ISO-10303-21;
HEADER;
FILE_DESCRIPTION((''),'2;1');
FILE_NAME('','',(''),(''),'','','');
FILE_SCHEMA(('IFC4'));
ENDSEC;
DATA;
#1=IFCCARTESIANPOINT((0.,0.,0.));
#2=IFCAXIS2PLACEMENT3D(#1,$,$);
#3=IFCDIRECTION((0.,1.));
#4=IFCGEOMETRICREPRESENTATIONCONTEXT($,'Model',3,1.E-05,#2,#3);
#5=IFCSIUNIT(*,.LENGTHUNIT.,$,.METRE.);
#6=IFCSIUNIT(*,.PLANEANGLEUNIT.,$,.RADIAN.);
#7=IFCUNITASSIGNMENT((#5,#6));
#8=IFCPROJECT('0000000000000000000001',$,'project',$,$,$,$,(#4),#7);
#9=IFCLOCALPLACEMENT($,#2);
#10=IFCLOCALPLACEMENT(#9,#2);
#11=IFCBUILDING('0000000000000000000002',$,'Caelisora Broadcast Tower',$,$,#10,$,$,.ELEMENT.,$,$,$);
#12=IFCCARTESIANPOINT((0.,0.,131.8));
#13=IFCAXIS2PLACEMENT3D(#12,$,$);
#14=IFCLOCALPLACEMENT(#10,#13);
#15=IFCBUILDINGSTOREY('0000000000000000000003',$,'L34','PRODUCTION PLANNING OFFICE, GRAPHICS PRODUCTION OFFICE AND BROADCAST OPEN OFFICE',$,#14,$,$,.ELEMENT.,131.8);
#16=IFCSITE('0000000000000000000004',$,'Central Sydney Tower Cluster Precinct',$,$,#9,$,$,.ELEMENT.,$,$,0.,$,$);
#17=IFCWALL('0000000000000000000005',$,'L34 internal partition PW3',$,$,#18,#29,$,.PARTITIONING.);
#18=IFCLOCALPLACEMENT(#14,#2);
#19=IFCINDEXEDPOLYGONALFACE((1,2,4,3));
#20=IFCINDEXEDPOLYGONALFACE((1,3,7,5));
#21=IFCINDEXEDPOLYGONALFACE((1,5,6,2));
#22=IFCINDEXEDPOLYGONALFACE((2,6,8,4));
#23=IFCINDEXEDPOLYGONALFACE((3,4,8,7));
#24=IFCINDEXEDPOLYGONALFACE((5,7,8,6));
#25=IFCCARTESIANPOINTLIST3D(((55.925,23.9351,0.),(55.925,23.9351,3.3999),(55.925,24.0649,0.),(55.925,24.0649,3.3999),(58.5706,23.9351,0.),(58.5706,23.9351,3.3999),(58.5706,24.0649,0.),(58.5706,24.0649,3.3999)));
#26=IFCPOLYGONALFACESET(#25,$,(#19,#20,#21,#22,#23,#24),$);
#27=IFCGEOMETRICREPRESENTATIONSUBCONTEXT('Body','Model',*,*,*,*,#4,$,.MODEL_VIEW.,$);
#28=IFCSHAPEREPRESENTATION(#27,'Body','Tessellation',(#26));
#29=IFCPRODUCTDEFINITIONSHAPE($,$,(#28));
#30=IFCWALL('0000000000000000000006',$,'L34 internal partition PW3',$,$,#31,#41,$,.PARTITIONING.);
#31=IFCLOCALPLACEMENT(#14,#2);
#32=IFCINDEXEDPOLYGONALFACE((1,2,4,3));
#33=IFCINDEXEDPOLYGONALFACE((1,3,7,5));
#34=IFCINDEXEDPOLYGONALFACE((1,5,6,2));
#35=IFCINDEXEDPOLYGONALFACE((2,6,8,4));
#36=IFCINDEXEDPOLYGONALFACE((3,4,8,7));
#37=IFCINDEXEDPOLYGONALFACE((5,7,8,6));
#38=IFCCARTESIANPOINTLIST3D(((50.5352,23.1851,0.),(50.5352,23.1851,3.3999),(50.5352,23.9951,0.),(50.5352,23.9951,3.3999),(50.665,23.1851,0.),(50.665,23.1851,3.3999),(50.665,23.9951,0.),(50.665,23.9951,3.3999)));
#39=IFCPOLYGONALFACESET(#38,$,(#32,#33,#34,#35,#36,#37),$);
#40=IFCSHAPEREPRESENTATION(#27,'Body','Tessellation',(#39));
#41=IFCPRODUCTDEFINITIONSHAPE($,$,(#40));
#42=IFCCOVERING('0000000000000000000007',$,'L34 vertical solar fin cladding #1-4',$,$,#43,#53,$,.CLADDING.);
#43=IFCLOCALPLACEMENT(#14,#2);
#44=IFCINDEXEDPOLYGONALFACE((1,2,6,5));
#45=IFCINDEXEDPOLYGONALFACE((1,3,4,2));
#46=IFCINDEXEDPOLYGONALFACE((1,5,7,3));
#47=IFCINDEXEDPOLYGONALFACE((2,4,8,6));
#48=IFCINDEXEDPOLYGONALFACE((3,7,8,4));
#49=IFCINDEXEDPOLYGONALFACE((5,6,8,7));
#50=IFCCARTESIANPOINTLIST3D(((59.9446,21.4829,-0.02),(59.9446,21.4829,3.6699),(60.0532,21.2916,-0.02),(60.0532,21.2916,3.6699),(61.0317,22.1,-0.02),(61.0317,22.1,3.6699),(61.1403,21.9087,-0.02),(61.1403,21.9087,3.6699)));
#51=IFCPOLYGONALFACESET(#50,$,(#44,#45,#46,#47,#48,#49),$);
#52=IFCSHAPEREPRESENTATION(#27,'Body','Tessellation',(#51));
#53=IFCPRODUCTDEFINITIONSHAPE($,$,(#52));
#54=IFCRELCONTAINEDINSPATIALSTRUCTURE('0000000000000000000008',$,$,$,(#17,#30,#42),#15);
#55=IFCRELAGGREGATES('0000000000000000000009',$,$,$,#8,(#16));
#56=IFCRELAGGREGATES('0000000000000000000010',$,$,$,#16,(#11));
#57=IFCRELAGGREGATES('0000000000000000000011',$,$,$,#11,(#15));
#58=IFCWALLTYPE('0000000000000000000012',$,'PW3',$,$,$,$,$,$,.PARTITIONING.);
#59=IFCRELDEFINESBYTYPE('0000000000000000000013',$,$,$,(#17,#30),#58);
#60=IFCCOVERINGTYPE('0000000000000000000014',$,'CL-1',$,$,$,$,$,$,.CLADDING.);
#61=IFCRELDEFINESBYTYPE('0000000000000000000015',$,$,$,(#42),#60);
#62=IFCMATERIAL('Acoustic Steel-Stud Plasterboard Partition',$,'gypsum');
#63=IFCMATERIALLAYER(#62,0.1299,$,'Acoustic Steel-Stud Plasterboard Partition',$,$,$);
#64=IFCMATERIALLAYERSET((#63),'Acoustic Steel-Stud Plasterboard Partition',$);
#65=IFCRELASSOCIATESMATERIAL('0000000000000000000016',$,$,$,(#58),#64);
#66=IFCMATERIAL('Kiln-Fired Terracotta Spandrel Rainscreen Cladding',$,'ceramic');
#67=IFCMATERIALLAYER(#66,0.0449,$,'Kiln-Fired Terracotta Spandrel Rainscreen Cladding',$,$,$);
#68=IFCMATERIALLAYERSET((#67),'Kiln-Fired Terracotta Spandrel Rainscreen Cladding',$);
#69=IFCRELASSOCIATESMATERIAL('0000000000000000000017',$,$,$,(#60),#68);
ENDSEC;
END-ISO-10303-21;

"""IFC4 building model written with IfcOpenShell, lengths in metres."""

from ifc_helpers import new_model, si_unit, direction, frame, frame_2d, origin, origin_2d, place, context, subcontext, project, spatial, rectangle, extrude, source, transform, mapped, material, layer, layer_set, type_object, type_shapes, element, save


model = new_model("IFC4")

# Units and contexts
model_context = context("Model", 3, precision=1e-05, world=origin(), true_north=direction((0.0, 1.0)))
body_context = subcontext(model_context, "Body", "Model", "MODEL_VIEW")
ifc_project = project(units=[si_unit("LENGTHUNIT", "METRE"), si_unit("PLANEANGLEUNIT", "RADIAN")], contexts=[model_context])

# Site, building, storey
site_placement = place(None, origin())
site = spatial("IfcSite", under=ifc_project, at=site_placement, Name="Central Sydney Tower Cluster Precinct", CompositionType="ELEMENT", RefElevation=0.0)
building_placement = place(site_placement, origin())
building = spatial("IfcBuilding", under=site, at=building_placement, Name="Caelisora Broadcast Tower", CompositionType="ELEMENT")
storey_placement = place(building_placement, frame((0.0, 0.0, 131.8)))
storey = spatial("IfcBuildingStorey", under=building, at=storey_placement, Name="L34", Description="PRODUCTION PLANNING OFFICE, GRAPHICS PRODUCTION OFFICE AND BROADCAST OPEN OFFICE", CompositionType="ELEMENT", Elevation=131.8)

# Shared definitions
ifc_material_1 = material(Name="Acoustic Steel-Stud Plasterboard Partition", Category="gypsum")
ifc_layer_1 = layer(ifc_material_1, 0.1299, Name="Acoustic Steel-Stud Plasterboard Partition")
ifc_layer_set_1 = layer_set([ifc_layer_1], Name="Acoustic Steel-Stud Plasterboard Partition")
wall_type_1 = type_object("IfcWallType", Name="PW3", PredefinedType="PARTITIONING", material=ifc_layer_set_1)

# Wall
wall_1_placement = place(storey_placement, frame((55.925, 24.0, 0.0), z_axis=(0.0, 0.0, 1.0), x_axis=(1.0, 0.0, 0.0)))
element("IfcWall", 1, at=wall_1_placement, inside=storey, type_object=wall_type_1, Name="L34 internal partition PW3", PredefinedType="PARTITIONING", context=body_context, shape_type="SweptSolid", body=[
    extrude(rectangle(XDim=2.6455, YDim=0.1299, at=frame_2d((1.3228, 0.0))), origin(), (0.0, 0.0, 1.0), 3.3999),
])

# Wall
wall_2_placement = place(storey_placement, frame((50.6001, 23.1851, 0.0), z_axis=(0.0, 0.0, 1.0), x_axis=(0.0, 1.0, 0.0)))
element("IfcWall", 2, at=wall_2_placement, inside=storey, type_object=wall_type_1, Name="L34 internal partition PW3", PredefinedType="PARTITIONING", context=body_context, shape_type="SweptSolid", body=[
    extrude(rectangle(XDim=0.8101, YDim=0.1299, at=frame_2d((0.405, 0.0))), origin(), (0.0, 0.0, 1.0), 3.3999),
])

# Covering
ifc_material_2 = material(Name="Kiln-Fired Terracotta Spandrel Rainscreen Cladding", Category="ceramic")
ifc_layer_2 = layer(ifc_material_2, 0.0449, Name="Kiln-Fired Terracotta Spandrel Rainscreen Cladding")
ifc_layer_set_2 = layer_set([ifc_layer_2], Name="Kiln-Fired Terracotta Spandrel Rainscreen Cladding")
covering_type = type_object("IfcCoveringType", Name="CL-1", PredefinedType="CLADDING", material=ifc_layer_set_2)
shared_shape_1 = source(origin(), body_context, "Body", "SweptSolid", [
    extrude(rectangle(XDim=0.22, YDim=1.25, at=origin_2d()), origin(), (0.0, 0.0, 1.0), 3.6899),
])
type_shapes(covering_type, [shared_shape_1])
covering_placement = place(storey_placement, frame((60.5425, 21.6958, -0.02), z_axis=(0.0, 0.0, 1.0), x_axis=(0.493638, -0.869667, 0.0)))
element("IfcCovering", 3, at=covering_placement, inside=storey, type_object=covering_type, Name="L34 vertical solar fin cladding #1-4", PredefinedType="CLADDING", context=body_context, shape_type="MappedRepresentation", body=[
    mapped(shared_shape_1, transform((0.0, 0.0, 0.0), scale=1.0)),
])

save(model, "model.ifc")
